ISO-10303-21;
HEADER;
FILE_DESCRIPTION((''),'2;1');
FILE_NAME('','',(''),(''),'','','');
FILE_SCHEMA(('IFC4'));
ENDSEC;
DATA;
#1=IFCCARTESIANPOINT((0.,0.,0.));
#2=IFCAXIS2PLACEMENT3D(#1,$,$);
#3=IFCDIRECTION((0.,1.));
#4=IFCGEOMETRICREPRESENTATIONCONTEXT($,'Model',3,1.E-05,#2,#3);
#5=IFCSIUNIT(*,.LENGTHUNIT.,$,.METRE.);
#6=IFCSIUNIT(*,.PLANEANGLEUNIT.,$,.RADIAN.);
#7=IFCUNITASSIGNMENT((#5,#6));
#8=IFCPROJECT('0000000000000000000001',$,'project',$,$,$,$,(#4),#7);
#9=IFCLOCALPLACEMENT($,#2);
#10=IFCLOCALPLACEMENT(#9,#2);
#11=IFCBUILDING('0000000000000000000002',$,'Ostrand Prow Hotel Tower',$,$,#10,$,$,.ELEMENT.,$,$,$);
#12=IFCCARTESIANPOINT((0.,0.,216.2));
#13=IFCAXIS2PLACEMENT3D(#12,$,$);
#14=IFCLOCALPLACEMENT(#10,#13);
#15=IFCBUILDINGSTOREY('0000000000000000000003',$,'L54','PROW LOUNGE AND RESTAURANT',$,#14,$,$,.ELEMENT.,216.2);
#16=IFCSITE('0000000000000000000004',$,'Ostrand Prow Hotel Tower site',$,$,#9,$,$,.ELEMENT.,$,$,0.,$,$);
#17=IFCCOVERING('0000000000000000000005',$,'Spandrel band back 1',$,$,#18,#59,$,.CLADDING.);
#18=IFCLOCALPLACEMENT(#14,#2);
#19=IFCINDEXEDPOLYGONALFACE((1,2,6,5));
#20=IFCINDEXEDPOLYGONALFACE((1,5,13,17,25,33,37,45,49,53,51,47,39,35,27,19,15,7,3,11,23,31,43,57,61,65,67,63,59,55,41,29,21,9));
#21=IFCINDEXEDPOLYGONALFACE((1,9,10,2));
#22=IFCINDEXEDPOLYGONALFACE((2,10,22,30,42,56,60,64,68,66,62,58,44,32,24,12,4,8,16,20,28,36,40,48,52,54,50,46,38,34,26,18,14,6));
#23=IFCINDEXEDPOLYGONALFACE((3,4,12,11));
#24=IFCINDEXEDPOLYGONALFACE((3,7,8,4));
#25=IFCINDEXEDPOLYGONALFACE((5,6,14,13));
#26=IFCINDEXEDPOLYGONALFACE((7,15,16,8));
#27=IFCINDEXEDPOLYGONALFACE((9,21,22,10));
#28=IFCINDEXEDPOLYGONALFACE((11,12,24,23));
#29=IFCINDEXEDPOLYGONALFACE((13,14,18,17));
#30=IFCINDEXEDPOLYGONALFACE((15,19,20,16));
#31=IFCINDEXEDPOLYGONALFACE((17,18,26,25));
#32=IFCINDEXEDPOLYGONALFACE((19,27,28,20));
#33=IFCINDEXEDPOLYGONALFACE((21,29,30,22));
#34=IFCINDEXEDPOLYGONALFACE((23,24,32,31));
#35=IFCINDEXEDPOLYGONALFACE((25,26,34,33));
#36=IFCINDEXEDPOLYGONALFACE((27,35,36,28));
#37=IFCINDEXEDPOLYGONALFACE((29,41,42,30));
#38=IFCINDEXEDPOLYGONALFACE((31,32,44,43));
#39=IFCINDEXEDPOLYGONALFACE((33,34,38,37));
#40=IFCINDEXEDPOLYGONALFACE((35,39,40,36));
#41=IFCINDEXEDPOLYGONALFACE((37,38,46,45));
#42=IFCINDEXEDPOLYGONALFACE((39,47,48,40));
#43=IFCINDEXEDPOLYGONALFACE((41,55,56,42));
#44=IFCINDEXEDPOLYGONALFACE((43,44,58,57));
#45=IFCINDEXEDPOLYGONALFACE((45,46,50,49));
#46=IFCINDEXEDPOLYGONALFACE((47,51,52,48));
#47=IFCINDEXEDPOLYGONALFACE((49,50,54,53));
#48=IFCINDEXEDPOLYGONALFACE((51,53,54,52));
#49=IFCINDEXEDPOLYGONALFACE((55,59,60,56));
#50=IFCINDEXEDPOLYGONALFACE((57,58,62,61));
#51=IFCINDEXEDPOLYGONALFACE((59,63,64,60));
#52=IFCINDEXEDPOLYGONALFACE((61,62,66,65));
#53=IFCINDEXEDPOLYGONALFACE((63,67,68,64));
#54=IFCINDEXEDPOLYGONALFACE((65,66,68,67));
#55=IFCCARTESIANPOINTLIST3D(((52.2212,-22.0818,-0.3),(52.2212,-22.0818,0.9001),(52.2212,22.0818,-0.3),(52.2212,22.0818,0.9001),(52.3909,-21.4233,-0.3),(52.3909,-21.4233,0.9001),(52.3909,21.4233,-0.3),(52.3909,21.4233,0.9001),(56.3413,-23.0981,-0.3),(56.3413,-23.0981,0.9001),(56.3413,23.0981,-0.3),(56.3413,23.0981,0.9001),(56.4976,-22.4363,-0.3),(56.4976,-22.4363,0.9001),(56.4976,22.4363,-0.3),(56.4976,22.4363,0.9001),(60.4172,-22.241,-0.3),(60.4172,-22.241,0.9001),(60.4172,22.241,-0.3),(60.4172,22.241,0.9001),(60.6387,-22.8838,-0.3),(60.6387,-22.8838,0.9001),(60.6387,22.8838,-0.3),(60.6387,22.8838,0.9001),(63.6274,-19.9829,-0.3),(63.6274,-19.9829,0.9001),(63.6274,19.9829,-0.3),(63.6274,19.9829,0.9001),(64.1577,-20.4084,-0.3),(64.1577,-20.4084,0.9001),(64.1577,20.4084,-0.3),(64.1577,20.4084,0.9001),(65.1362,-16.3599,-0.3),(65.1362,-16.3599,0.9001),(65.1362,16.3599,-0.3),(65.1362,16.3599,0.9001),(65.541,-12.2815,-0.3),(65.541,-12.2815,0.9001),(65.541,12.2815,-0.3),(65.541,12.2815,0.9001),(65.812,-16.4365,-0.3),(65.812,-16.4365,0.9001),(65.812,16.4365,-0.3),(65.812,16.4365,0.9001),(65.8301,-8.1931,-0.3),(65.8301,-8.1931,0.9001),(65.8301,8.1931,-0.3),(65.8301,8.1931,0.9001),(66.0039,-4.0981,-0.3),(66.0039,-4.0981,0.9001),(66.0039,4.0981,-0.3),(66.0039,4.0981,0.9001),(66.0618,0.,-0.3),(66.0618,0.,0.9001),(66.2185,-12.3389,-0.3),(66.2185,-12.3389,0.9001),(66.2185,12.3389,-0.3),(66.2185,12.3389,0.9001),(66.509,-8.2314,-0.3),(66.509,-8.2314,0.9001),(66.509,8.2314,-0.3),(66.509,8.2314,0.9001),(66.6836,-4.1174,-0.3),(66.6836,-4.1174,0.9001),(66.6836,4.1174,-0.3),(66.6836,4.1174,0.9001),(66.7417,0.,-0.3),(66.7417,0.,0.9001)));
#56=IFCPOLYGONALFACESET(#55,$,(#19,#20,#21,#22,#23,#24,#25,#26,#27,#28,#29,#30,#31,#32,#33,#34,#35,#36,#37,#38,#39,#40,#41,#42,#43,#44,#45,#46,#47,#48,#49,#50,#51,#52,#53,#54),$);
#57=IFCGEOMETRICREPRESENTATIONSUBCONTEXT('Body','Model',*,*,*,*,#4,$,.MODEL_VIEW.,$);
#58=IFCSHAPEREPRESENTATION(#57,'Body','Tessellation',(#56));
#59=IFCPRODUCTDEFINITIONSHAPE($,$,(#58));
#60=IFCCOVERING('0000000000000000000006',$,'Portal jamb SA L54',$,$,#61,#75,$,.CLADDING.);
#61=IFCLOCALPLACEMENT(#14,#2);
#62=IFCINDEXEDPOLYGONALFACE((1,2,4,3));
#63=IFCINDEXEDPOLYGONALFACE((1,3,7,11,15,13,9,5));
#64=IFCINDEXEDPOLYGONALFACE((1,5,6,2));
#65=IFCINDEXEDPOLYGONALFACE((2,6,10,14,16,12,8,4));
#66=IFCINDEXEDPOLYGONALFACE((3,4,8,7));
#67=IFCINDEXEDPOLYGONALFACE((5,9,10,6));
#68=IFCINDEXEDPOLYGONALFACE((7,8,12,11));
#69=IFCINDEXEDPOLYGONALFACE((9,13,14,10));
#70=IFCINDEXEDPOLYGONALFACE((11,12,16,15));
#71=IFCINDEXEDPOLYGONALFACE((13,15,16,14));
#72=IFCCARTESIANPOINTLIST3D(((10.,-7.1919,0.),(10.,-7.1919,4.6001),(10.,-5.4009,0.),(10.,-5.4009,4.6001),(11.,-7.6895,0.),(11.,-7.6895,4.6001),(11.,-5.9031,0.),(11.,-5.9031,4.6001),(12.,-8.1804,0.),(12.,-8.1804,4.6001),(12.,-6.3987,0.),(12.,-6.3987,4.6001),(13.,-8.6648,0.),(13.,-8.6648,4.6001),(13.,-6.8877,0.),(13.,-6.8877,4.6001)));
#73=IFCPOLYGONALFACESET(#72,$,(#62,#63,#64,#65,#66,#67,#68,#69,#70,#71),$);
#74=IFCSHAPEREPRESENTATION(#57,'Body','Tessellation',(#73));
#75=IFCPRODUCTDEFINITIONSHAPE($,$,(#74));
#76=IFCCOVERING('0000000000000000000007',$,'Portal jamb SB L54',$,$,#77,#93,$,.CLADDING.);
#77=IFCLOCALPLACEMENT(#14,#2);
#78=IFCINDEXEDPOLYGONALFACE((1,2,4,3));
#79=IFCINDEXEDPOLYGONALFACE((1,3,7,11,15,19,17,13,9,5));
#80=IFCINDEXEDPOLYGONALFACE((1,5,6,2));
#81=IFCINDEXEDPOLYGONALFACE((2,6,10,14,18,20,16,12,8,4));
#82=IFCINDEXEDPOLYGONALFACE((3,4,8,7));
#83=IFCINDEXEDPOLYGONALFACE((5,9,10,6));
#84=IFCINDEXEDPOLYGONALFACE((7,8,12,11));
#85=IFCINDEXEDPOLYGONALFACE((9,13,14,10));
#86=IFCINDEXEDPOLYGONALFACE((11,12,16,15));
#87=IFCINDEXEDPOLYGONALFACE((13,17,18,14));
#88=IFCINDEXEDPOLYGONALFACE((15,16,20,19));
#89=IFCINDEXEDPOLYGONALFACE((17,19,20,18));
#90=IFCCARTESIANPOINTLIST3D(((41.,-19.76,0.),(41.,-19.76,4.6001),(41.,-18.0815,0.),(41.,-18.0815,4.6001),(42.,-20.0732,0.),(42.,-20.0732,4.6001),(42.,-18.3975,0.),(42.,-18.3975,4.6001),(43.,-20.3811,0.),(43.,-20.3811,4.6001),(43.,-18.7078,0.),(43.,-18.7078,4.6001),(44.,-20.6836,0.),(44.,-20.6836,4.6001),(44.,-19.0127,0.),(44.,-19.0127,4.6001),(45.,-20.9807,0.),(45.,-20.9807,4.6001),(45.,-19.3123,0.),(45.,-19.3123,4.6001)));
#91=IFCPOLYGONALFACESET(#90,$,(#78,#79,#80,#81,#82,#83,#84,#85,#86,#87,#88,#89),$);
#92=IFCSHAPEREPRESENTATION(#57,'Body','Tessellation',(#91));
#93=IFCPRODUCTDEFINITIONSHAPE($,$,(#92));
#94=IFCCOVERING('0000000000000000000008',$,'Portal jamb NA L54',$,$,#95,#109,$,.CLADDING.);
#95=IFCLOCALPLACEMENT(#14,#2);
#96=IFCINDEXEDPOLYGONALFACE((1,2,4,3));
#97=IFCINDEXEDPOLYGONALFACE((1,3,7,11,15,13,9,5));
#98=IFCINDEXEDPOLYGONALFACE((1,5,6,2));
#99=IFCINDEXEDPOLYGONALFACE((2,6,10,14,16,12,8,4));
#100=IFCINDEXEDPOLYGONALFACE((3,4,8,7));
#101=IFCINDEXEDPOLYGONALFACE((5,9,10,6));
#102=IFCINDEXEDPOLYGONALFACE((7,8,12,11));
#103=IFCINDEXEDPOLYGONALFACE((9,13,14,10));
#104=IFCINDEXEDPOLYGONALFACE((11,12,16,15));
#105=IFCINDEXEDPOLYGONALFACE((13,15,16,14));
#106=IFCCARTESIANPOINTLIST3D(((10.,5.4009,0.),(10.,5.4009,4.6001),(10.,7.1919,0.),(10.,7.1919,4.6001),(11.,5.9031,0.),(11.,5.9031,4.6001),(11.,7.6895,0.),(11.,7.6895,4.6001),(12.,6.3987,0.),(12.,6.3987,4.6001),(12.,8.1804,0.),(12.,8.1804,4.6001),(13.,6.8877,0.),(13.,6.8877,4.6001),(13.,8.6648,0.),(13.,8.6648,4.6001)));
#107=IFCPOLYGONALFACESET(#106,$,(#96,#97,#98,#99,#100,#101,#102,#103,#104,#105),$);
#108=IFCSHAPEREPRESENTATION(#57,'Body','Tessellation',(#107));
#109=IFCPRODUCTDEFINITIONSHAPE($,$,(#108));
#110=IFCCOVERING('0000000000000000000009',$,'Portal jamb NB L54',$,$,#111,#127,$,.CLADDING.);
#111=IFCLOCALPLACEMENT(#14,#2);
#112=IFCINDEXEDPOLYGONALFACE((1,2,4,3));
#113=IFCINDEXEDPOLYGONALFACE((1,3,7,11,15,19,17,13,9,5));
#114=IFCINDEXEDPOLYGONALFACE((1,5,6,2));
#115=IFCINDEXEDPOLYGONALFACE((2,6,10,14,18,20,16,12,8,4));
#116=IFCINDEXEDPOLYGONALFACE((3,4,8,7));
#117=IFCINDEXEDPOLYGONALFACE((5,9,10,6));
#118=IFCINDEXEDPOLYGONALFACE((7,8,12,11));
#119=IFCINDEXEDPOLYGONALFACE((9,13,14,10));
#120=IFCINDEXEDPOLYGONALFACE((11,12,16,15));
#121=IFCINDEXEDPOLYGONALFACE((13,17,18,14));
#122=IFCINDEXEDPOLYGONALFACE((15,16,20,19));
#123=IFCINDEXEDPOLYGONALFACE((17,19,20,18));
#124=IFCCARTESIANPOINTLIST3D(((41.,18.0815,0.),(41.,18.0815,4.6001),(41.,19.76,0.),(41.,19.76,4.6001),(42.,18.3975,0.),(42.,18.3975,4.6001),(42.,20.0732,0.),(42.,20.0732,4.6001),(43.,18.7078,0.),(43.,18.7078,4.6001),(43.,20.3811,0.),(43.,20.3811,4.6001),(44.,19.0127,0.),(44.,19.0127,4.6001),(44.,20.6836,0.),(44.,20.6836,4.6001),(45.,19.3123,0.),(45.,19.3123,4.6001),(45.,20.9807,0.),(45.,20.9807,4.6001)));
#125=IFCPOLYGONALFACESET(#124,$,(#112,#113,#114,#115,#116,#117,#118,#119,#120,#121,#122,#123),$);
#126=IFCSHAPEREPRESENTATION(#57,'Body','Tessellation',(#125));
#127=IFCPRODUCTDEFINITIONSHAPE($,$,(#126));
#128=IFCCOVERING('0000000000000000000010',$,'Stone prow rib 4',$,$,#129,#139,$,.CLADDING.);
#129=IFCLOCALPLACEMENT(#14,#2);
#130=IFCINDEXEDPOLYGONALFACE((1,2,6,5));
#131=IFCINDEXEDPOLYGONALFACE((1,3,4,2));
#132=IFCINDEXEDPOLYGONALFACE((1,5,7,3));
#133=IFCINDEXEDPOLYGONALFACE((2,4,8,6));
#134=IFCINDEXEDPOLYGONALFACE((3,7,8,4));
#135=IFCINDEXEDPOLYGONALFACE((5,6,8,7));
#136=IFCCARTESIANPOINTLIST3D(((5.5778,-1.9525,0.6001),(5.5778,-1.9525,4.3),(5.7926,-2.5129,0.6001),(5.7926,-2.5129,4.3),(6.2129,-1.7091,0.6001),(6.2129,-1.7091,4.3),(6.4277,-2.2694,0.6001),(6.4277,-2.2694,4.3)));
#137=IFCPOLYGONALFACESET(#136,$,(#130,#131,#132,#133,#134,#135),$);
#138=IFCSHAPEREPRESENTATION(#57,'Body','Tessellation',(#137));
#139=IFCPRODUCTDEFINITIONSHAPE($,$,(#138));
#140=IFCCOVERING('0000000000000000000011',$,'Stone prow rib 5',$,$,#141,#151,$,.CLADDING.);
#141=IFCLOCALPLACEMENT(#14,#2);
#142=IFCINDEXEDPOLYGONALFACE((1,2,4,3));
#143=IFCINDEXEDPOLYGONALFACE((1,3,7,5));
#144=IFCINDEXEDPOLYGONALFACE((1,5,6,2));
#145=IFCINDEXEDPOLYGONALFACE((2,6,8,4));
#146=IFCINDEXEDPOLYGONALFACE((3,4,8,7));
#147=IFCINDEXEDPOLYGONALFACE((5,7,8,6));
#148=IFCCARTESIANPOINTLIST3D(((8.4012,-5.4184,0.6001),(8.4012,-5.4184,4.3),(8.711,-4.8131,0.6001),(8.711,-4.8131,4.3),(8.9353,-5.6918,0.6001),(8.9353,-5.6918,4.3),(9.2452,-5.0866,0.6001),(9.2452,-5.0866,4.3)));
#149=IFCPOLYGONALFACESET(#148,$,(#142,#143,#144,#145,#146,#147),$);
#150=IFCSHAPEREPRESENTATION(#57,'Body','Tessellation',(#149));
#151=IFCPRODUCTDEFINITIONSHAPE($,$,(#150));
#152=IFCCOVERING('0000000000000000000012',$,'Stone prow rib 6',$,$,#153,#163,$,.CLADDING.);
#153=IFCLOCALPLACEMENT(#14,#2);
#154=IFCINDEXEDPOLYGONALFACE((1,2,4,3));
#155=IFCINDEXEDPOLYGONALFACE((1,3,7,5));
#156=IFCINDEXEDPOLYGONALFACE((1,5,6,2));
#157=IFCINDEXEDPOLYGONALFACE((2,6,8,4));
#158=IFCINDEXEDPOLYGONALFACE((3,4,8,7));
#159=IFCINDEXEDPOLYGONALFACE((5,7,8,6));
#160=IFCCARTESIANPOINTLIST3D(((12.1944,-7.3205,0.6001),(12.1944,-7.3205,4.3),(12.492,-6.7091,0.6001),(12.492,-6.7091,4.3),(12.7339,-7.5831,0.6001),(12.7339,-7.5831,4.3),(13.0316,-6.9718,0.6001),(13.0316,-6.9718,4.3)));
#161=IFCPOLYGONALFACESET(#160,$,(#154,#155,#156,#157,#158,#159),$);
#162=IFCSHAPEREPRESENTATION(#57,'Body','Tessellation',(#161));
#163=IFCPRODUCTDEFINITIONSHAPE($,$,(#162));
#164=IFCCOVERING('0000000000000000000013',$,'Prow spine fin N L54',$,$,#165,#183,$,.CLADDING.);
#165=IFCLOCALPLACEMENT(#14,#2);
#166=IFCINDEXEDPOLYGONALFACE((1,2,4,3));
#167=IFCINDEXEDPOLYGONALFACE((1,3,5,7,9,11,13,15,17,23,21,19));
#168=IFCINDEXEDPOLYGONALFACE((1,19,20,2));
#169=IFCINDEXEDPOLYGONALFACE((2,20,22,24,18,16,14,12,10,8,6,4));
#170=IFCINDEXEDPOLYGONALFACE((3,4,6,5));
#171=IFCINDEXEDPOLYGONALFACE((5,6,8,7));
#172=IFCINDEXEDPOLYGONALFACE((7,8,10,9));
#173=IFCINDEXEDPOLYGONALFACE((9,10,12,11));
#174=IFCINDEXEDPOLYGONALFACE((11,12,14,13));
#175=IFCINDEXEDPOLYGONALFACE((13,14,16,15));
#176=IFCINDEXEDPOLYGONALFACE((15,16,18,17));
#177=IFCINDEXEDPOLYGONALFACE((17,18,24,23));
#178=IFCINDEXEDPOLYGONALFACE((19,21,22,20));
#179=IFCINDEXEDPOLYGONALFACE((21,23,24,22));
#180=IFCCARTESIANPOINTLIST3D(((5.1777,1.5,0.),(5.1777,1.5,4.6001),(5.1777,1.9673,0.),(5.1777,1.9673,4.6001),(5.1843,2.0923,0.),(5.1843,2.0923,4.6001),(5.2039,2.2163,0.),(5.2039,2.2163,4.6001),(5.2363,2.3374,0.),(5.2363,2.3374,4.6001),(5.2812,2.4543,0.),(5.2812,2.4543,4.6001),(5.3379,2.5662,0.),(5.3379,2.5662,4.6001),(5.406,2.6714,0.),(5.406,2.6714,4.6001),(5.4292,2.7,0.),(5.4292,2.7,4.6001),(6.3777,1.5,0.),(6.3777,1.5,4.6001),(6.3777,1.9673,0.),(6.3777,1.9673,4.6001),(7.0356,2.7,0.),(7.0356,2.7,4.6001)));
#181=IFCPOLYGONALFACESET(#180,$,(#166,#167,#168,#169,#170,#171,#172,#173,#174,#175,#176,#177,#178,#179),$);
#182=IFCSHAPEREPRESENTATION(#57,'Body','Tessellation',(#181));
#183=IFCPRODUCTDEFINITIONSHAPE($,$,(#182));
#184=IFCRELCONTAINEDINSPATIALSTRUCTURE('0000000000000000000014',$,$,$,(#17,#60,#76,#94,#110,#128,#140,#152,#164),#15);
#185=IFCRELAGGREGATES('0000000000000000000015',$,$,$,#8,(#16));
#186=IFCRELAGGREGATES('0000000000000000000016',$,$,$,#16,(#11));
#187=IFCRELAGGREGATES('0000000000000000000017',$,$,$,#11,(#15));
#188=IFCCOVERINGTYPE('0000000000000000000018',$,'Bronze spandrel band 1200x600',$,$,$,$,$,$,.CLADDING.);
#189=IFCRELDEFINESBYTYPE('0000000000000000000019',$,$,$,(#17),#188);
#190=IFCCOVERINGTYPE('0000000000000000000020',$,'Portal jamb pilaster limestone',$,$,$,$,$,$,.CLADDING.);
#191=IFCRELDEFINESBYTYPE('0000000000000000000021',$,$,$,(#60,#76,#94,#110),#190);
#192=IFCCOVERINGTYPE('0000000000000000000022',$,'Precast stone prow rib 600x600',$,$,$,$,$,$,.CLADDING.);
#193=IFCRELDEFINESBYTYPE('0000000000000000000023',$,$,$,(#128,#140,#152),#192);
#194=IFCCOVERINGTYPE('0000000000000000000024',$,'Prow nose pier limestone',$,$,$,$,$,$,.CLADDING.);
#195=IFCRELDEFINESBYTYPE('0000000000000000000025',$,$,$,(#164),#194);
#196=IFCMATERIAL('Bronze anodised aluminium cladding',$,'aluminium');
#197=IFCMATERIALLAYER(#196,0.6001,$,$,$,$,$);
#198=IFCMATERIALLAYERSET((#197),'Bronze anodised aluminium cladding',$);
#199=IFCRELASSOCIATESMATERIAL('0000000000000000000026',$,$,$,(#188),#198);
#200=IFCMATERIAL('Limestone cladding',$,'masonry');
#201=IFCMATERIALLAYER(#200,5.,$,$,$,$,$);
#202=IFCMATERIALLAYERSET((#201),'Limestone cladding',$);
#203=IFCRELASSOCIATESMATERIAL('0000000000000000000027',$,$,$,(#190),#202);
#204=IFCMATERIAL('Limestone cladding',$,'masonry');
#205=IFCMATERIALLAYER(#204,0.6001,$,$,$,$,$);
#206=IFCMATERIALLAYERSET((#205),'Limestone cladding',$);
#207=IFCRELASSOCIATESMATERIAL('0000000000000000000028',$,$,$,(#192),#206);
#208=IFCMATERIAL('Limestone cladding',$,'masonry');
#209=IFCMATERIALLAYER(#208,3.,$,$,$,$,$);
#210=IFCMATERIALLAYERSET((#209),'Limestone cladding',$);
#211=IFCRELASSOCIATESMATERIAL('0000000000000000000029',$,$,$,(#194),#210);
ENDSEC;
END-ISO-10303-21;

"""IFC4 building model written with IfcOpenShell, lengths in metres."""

from ifc_helpers import new_model, si_unit, direction, frame, frame_2d, origin, place, context, subcontext, project, spatial, polyline, rectangle, outline, extrude, material, layer, layer_set, type_object, element, save


model = new_model("IFC4")

# Units and contexts
model_context = context("Model", 3, precision=1e-05, world=origin(), true_north=direction((0.0, 1.0)))
body_context = subcontext(model_context, "Body", "Model", "MODEL_VIEW")
ifc_project = project(units=[si_unit("LENGTHUNIT", "METRE"), si_unit("PLANEANGLEUNIT", "RADIAN")], contexts=[model_context])

# Site, building, storey
site_placement = place(None, origin())
site = spatial("IfcSite", under=ifc_project, at=site_placement, Name="Ostrand Prow Hotel Tower site", CompositionType="ELEMENT", RefElevation=0.0)
building_placement = place(site_placement, origin())
building = spatial("IfcBuilding", under=site, at=building_placement, Name="Ostrand Prow Hotel Tower", CompositionType="ELEMENT")
storey_placement = place(building_placement, frame((0.0, 0.0, 216.2)))
storey = spatial("IfcBuildingStorey", under=building, at=storey_placement, Name="L54", Description="PROW LOUNGE AND RESTAURANT", CompositionType="ELEMENT", Elevation=216.2)

# Coverings
ifc_material_1 = material(Name="Bronze anodised aluminium cladding", Category="aluminium")
ifc_layer_1 = layer(ifc_material_1, 0.6001)
ifc_layer_set_1 = layer_set([ifc_layer_1], Name="Bronze anodised aluminium cladding")
covering_type_1 = type_object("IfcCoveringType", Name="Bronze spandrel band 1200x600", PredefinedType="CLADDING", material=ifc_layer_set_1)
covering_1_placement = place(storey_placement, frame((0.0, 0.0, -0.3)))
element("IfcCovering", 1, at=covering_1_placement, inside=storey, type_object=covering_type_1, Name="Spandrel band back 1", PredefinedType="CLADDING", context=body_context, shape_type="SweptSolid", body=[
    extrude(outline(polyline([(52.2212, -22.0818), (56.3413, -23.0981), (60.6387, -22.8838), (64.1577, -20.4084), (65.812, -16.4365), (66.2185, -12.3389), (66.509, -8.2314), (66.6836, -4.1174), (66.7417, 0.0), (66.6836, 4.1174), (66.509, 8.2314), (66.2185, 12.3389), (65.812, 16.4365), (64.1577, 20.4084), (60.6387, 22.8838), (56.3413, 23.0981), (52.2212, 22.0818), (52.3909, 21.4233), (56.4976, 22.4363), (60.4172, 22.241), (63.6274, 19.9829), (65.1362, 16.3599), (65.541, 12.2815), (65.8301, 8.1931), (66.0039, 4.0981), (66.0618, 0.0), (66.0039, -4.0981), (65.8301, -8.1931), (65.541, -12.2815), (65.1362, -16.3599), (63.6274, -19.9829), (60.4172, -22.241), (56.4976, -22.4363), (52.3909, -21.4233), (52.2212, -22.0818)])), origin(), (0.0, 0.0, 1.0), 1.2002),
])
ifc_material_2 = material(Name="Limestone cladding", Category="masonry")
ifc_layer_2 = layer(ifc_material_2, 5.0)
ifc_layer_set_2 = layer_set([ifc_layer_2], Name="Limestone cladding")
covering_type_2 = type_object("IfcCoveringType", Name="Portal jamb pilaster limestone", PredefinedType="CLADDING", material=ifc_layer_set_2)
covering_2_placement = place(storey_placement, origin())
element("IfcCovering", 2, at=covering_2_placement, inside=storey, type_object=covering_type_2, Name="Portal jamb SA L54", PredefinedType="CLADDING", context=body_context, shape_type="SweptSolid", body=[
    extrude(outline(polyline([(10.0, -5.4009), (10.0, -7.1919), (11.0, -7.6895), (12.0, -8.1804), (13.0, -8.6648), (13.0, -6.8877), (12.0, -6.3987), (11.0, -5.9031), (10.0, -5.4009)])), origin(), (0.0, 0.0, 1.0), 4.6001),
])
covering_3_placement = place(storey_placement, origin())
element("IfcCovering", 3, at=covering_3_placement, inside=storey, type_object=covering_type_2, Name="Portal jamb SB L54", PredefinedType="CLADDING", context=body_context, shape_type="SweptSolid", body=[
    extrude(outline(polyline([(41.0, -18.0815), (41.0, -19.76), (42.0, -20.0732), (43.0, -20.3811), (44.0, -20.6836), (45.0, -20.9807), (45.0, -19.3123), (44.0, -19.0127), (43.0, -18.7078), (42.0, -18.3975), (41.0, -18.0815)])), origin(), (0.0, 0.0, 1.0), 4.6001),
])
covering_4_placement = place(storey_placement, origin())
element("IfcCovering", 4, at=covering_4_placement, inside=storey, type_object=covering_type_2, Name="Portal jamb NA L54", PredefinedType="CLADDING", context=body_context, shape_type="SweptSolid", body=[
    extrude(outline(polyline([(10.0, 5.4009), (11.0, 5.9031), (12.0, 6.3987), (13.0, 6.8877), (13.0, 8.6648), (12.0, 8.1804), (11.0, 7.6895), (10.0, 7.1919), (10.0, 5.4009)])), origin(), (0.0, 0.0, 1.0), 4.6001),
])
covering_5_placement = place(storey_placement, origin())
element("IfcCovering", 5, at=covering_5_placement, inside=storey, type_object=covering_type_2, Name="Portal jamb NB L54", PredefinedType="CLADDING", context=body_context, shape_type="SweptSolid", body=[
    extrude(outline(polyline([(41.0, 18.0815), (42.0, 18.3975), (43.0, 18.7078), (44.0, 19.0127), (45.0, 19.3123), (45.0, 20.9807), (44.0, 20.6836), (43.0, 20.3811), (42.0, 20.0732), (41.0, 19.76), (41.0, 18.0815)])), origin(), (0.0, 0.0, 1.0), 4.6001),
])
ifc_material_3 = material(Name="Limestone cladding", Category="masonry")
ifc_layer_3 = layer(ifc_material_3, 0.6001)
ifc_layer_set_3 = layer_set([ifc_layer_3], Name="Limestone cladding")
covering_type_3 = type_object("IfcCoveringType", Name="Precast stone prow rib 600x600", PredefinedType="CLADDING", material=ifc_layer_set_3)
covering_6_placement = place(storey_placement, frame((6.3203, -1.9893, 0.6001), z_axis=(0.0, 0.0, 1.0), x_axis=(-0.933752, -0.35792, 0.0)))
element("IfcCovering", 6, at=covering_6_placement, inside=storey, type_object=covering_type_3, Name="Stone prow rib 4", PredefinedType="CLADDING", context=body_context, shape_type="SweptSolid", body=[
    extrude(rectangle(XDim=0.6802, YDim=0.6001, at=frame_2d((0.3401, 0.0))), origin(), (0.0, 0.0, 1.0), 3.7),
])
for number, where, z_axis, x_axis, name in (
    (7, (8.978, -4.95, 0.6001), (0.0, 0.0, 1.0), (-0.455668, -0.89015, 0.0), "Stone prow rib 5"),
    (8, (12.7617, -6.8406, 0.6001), (0.0, 0.0, 1.0), (-0.437709, -0.899117, 0.0), "Stone prow rib 6"),
):
    element("IfcCovering", number, at=place(storey_placement, frame(where, z_axis=z_axis, x_axis=x_axis)), inside=storey, type_object=covering_type_3, Name=name, PredefinedType="CLADDING", context=body_context, shape_type="SweptSolid", body=[
        extrude(rectangle(XDim=0.6799, YDim=0.6001, at=frame_2d((0.3398, 0.0))), origin(), (0.0, 0.0, 1.0), 3.7),
    ])
ifc_material_4 = material(Name="Limestone cladding", Category="masonry")
ifc_layer_4 = layer(ifc_material_4, 3.0)
ifc_layer_set_4 = layer_set([ifc_layer_4], Name="Limestone cladding")
covering_type_4 = type_object("IfcCoveringType", Name="Prow nose pier limestone", PredefinedType="CLADDING", material=ifc_layer_set_4)
covering_7_placement = place(storey_placement, origin())
element("IfcCovering", 9, at=covering_7_placement, inside=storey, type_object=covering_type_4, Name="Prow spine fin N L54", PredefinedType="CLADDING", context=body_context, shape_type="SweptSolid", body=[
    extrude(outline(polyline([(5.1777, 1.9673), (5.1777, 1.5), (6.3777, 1.5), (6.3777, 1.9673), (7.0356, 2.7), (5.4292, 2.7), (5.406, 2.6714), (5.3379, 2.5662), (5.2812, 2.4543), (5.2363, 2.3374), (5.2039, 2.2163), (5.1843, 2.0923), (5.1777, 1.9673)])), origin(), (0.0, 0.0, 1.0), 4.6001),
])

save(model, "model.ifc")
